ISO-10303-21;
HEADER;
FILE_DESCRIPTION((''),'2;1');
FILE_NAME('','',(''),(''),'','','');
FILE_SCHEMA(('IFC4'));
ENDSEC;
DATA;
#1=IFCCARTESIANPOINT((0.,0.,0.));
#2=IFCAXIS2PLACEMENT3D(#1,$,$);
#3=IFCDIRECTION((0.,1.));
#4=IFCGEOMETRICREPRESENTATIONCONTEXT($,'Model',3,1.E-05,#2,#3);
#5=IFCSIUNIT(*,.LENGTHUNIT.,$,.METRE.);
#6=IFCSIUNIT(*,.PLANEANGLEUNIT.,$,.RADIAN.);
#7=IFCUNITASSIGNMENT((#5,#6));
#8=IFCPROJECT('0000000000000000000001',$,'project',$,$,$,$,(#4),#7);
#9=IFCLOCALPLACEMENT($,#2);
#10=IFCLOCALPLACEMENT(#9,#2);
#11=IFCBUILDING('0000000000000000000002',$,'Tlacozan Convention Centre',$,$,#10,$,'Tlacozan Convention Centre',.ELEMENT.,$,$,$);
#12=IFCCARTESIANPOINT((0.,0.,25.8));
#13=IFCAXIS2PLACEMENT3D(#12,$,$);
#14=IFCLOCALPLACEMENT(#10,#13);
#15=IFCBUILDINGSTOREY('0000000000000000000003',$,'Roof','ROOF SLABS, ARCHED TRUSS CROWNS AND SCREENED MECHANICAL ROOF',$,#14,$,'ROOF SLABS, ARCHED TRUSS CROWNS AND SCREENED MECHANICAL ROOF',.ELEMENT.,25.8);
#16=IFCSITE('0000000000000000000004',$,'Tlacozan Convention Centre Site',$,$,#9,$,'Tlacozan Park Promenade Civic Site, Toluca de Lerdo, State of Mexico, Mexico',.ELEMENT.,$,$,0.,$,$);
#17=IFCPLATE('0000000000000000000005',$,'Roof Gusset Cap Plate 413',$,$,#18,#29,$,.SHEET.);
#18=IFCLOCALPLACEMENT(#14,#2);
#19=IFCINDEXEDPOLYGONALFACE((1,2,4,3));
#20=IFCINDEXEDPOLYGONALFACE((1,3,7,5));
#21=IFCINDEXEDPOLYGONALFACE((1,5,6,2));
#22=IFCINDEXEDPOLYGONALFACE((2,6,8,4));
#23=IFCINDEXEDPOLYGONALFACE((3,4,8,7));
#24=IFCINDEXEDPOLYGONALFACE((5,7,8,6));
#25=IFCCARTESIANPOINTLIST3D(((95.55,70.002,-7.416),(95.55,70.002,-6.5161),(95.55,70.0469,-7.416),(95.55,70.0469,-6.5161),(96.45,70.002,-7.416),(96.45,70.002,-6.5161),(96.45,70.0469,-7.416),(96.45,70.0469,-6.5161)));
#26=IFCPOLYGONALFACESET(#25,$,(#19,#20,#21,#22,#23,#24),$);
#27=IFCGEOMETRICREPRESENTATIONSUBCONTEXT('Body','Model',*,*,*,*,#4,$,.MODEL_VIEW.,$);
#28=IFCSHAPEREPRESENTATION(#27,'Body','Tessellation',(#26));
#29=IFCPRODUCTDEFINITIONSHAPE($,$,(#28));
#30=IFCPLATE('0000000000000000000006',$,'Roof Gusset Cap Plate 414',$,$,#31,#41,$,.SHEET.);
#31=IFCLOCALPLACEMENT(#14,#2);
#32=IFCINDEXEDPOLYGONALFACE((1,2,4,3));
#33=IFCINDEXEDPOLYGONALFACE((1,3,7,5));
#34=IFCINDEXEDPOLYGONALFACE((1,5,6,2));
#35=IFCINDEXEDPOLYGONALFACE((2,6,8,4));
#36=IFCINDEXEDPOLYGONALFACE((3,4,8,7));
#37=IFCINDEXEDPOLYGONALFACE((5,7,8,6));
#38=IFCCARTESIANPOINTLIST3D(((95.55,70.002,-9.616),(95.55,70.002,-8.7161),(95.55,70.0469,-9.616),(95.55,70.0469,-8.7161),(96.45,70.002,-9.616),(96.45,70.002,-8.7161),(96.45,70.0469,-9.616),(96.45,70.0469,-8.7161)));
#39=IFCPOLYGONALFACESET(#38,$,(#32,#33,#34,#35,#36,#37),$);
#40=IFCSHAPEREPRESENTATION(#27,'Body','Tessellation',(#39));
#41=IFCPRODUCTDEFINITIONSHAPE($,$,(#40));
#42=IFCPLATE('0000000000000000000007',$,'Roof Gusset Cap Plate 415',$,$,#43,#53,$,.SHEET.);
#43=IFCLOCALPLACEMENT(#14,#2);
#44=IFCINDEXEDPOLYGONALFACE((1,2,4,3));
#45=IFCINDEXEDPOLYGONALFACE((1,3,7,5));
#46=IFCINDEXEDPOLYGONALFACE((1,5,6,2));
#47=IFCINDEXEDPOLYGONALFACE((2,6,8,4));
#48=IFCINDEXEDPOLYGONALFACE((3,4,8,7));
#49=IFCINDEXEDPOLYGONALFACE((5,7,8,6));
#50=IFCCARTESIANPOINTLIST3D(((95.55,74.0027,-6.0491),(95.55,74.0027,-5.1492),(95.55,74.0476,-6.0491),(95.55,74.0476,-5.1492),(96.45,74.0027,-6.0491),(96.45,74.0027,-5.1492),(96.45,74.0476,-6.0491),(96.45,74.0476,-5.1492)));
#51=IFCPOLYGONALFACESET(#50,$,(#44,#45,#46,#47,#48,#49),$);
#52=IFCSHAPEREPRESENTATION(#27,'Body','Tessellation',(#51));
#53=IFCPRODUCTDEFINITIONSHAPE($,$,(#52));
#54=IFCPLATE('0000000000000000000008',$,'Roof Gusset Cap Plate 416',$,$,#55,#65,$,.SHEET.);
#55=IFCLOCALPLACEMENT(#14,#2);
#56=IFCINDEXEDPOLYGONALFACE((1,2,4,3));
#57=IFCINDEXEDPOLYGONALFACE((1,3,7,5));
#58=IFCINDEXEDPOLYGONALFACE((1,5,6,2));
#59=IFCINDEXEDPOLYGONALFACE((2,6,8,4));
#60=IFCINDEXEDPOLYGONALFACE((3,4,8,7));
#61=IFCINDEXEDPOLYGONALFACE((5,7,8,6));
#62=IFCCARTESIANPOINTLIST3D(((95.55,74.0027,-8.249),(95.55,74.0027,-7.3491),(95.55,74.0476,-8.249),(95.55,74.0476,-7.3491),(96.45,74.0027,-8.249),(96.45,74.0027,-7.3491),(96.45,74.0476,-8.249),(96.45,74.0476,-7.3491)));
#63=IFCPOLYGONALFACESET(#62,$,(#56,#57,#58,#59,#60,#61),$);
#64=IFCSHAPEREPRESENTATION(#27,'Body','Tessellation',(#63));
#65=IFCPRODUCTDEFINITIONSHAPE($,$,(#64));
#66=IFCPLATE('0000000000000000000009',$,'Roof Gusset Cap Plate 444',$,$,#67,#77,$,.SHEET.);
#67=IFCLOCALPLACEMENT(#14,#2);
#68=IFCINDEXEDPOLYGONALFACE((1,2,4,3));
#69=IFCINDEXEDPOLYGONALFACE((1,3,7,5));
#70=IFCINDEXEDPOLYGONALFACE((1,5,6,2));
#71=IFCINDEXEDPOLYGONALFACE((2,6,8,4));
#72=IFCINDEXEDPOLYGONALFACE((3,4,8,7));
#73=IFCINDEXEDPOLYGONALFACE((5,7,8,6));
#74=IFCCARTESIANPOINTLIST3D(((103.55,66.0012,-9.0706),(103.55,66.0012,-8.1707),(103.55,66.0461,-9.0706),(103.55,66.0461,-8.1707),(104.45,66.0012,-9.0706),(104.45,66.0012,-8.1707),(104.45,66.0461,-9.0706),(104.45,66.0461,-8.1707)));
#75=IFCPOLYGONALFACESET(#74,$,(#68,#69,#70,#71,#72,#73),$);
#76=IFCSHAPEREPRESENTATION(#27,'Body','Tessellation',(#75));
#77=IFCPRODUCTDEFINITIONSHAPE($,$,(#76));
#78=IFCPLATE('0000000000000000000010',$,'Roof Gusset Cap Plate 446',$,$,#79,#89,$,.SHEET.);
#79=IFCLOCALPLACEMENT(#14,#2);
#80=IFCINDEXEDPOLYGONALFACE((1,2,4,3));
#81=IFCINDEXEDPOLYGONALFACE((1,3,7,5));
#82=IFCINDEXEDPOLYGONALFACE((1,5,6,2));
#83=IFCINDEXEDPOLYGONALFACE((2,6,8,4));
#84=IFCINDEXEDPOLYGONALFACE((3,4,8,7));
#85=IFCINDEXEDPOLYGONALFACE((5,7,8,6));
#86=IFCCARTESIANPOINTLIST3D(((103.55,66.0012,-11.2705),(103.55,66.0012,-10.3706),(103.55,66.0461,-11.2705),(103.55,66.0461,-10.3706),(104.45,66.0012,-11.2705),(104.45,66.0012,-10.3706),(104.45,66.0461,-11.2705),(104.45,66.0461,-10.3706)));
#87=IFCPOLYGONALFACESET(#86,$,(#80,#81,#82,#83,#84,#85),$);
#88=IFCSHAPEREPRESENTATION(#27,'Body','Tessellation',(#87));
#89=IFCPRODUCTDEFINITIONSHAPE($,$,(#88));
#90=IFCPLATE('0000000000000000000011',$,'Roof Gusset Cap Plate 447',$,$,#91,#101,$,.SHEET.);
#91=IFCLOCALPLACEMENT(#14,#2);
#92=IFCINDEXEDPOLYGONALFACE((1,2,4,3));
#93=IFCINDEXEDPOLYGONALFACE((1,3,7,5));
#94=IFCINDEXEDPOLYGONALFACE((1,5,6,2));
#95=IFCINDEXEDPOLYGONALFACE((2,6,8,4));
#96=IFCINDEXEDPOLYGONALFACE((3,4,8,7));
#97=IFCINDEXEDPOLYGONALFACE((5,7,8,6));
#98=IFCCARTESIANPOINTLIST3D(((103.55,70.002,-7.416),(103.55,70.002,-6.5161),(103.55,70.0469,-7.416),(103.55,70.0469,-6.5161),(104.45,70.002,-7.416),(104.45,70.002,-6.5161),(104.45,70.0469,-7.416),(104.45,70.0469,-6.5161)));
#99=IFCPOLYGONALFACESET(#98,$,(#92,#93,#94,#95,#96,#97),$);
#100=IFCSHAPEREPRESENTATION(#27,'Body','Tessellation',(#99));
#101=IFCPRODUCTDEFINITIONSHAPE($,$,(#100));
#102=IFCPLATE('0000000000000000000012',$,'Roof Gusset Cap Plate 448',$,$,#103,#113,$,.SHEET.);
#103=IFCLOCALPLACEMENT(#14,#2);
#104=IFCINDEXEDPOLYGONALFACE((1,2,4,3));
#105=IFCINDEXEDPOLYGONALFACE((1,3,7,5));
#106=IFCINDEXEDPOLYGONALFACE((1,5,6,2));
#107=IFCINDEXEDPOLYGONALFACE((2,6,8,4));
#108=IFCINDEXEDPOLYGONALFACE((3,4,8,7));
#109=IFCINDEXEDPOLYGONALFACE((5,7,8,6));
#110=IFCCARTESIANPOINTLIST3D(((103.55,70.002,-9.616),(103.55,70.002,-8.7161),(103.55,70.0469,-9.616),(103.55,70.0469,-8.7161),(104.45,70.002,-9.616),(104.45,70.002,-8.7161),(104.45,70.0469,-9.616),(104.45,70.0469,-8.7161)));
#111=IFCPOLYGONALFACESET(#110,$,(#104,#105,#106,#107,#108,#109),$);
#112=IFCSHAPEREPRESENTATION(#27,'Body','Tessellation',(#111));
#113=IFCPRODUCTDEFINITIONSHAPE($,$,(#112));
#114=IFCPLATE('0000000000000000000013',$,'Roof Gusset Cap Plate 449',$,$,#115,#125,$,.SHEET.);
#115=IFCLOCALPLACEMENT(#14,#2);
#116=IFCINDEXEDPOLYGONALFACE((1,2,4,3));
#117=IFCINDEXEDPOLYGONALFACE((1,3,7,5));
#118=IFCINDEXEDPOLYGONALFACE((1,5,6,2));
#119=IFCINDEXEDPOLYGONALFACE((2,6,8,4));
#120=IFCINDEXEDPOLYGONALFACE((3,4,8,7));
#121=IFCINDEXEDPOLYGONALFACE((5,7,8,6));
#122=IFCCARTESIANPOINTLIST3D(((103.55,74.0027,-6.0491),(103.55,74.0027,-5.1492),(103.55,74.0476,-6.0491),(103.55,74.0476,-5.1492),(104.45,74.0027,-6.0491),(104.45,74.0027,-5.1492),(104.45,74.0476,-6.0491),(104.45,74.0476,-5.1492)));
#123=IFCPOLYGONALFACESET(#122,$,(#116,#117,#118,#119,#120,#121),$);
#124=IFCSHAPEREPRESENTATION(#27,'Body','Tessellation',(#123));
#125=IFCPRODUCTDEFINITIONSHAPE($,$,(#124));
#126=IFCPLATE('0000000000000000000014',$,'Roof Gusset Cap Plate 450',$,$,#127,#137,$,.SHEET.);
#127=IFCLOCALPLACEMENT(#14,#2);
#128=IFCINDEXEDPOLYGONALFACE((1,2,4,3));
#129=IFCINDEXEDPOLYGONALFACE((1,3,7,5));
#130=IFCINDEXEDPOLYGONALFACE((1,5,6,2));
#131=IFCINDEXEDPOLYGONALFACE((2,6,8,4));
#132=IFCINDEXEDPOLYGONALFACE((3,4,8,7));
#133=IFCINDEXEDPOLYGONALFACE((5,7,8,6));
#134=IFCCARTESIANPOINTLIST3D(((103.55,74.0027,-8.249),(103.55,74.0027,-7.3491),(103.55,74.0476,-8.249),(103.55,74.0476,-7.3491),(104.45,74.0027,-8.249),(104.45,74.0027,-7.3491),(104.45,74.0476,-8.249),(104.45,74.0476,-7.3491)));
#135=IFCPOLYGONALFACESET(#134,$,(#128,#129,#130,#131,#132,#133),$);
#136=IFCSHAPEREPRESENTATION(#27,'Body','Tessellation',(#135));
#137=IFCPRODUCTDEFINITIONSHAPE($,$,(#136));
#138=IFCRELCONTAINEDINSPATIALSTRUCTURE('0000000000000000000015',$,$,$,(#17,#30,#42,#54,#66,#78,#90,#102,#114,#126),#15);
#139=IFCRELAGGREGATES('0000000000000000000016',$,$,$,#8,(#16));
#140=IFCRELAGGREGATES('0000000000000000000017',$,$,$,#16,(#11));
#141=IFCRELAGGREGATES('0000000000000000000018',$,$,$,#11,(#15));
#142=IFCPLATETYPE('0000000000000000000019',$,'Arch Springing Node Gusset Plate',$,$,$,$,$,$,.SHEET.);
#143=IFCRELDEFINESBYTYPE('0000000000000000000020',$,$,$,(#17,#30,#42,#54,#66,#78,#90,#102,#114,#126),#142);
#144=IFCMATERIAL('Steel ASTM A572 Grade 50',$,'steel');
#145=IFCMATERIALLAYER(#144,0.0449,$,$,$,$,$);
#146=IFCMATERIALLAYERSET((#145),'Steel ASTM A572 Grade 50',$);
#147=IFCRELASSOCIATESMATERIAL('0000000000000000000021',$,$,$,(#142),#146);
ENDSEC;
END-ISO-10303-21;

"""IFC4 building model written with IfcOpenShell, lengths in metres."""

from ifc_helpers import new_model, si_unit, direction, frame, origin, origin_2d, place, context, subcontext, project, spatial, rectangle, extrude, material, layer, layer_set, type_object, element, save


model = new_model("IFC4")

# Units and contexts
model_context = context("Model", 3, precision=1e-05, world=origin(), true_north=direction((0.0, 1.0)))
body_context = subcontext(model_context, "Body", "Model", "MODEL_VIEW")
ifc_project = project(units=[si_unit("LENGTHUNIT", "METRE"), si_unit("PLANEANGLEUNIT", "RADIAN")], contexts=[model_context])

# Site, building, storey
site_placement = place(None, origin())
site = spatial("IfcSite", under=ifc_project, at=site_placement, Name="Tlacozan Convention Centre Site", LongName="Tlacozan Park Promenade Civic Site, Toluca de Lerdo, State of Mexico, Mexico", CompositionType="ELEMENT", RefElevation=0.0)
building_placement = place(site_placement, origin())
building = spatial("IfcBuilding", under=site, at=building_placement, Name="Tlacozan Convention Centre", LongName="Tlacozan Convention Centre", CompositionType="ELEMENT")
storey_placement = place(building_placement, frame((0.0, 0.0, 25.8)))
storey = spatial("IfcBuildingStorey", under=building, at=storey_placement, Name="Roof", Description="ROOF SLABS, ARCHED TRUSS CROWNS AND SCREENED MECHANICAL ROOF", LongName="ROOF SLABS, ARCHED TRUSS CROWNS AND SCREENED MECHANICAL ROOF", CompositionType="ELEMENT", Elevation=25.8)

# Plates
ifc_material_1 = material(Name="Steel ASTM A572 Grade 50", Category="steel")
ifc_layer = layer(ifc_material_1, 0.0449)
ifc_layer_set = layer_set([ifc_layer], Name="Steel ASTM A572 Grade 50")
plate_type = type_object("IfcPlateType", Name="Arch Springing Node Gusset Plate", PredefinedType="SHEET", material=ifc_layer_set)
for number, where, z_axis, x_axis, name in (
    (1, (96.0, 70.0244, -7.416), (0.0, 0.0, 1.0), (0.0, 1.0, 0.0), "Roof Gusset Cap Plate 413"),
    (2, (96.0, 70.0244, -9.616), (0.0, 0.0, 1.0), (0.0, 1.0, 0.0), "Roof Gusset Cap Plate 414"),
    (3, (96.0, 74.0251, -6.0491), (0.0, 0.0, 1.0), (0.0, 1.0, 0.0), "Roof Gusset Cap Plate 415"),
    (4, (96.0, 74.0251, -8.249), (0.0, 0.0, 1.0), (0.0, 1.0, 0.0), "Roof Gusset Cap Plate 416"),
    (5, (104.0, 66.0237, -9.0706), (0.0, 0.0, 1.0), (0.0, 1.0, 0.0), "Roof Gusset Cap Plate 444"),
    (6, (104.0, 66.0237, -11.2705), (0.0, 0.0, 1.0), (0.0, 1.0, 0.0), "Roof Gusset Cap Plate 446"),
    (7, (104.0, 70.0244, -7.416), (0.0, 0.0, 1.0), (0.0, 1.0, 0.0), "Roof Gusset Cap Plate 447"),
    (8, (104.0, 70.0244, -9.616), (0.0, 0.0, 1.0), (0.0, 1.0, 0.0), "Roof Gusset Cap Plate 448"),
    (9, (104.0, 74.0251, -6.0491), (0.0, 0.0, 1.0), (0.0, 1.0, 0.0), "Roof Gusset Cap Plate 449"),
    (10, (104.0, 74.0251, -8.249), (0.0, 0.0, 1.0), (0.0, 1.0, 0.0), "Roof Gusset Cap Plate 450"),
):
    element("IfcPlate", number, at=place(storey_placement, frame(where, z_axis=z_axis, x_axis=x_axis)), inside=storey, type_object=plate_type, Name=name, PredefinedType="SHEET", context=body_context, shape_type="SweptSolid", body=[
        extrude(rectangle(XDim=0.0449, YDim=0.8999, at=origin_2d()), origin(), (0.0, 0.0, 1.0), 0.8999),
    ])

save(model, "model.ifc")
